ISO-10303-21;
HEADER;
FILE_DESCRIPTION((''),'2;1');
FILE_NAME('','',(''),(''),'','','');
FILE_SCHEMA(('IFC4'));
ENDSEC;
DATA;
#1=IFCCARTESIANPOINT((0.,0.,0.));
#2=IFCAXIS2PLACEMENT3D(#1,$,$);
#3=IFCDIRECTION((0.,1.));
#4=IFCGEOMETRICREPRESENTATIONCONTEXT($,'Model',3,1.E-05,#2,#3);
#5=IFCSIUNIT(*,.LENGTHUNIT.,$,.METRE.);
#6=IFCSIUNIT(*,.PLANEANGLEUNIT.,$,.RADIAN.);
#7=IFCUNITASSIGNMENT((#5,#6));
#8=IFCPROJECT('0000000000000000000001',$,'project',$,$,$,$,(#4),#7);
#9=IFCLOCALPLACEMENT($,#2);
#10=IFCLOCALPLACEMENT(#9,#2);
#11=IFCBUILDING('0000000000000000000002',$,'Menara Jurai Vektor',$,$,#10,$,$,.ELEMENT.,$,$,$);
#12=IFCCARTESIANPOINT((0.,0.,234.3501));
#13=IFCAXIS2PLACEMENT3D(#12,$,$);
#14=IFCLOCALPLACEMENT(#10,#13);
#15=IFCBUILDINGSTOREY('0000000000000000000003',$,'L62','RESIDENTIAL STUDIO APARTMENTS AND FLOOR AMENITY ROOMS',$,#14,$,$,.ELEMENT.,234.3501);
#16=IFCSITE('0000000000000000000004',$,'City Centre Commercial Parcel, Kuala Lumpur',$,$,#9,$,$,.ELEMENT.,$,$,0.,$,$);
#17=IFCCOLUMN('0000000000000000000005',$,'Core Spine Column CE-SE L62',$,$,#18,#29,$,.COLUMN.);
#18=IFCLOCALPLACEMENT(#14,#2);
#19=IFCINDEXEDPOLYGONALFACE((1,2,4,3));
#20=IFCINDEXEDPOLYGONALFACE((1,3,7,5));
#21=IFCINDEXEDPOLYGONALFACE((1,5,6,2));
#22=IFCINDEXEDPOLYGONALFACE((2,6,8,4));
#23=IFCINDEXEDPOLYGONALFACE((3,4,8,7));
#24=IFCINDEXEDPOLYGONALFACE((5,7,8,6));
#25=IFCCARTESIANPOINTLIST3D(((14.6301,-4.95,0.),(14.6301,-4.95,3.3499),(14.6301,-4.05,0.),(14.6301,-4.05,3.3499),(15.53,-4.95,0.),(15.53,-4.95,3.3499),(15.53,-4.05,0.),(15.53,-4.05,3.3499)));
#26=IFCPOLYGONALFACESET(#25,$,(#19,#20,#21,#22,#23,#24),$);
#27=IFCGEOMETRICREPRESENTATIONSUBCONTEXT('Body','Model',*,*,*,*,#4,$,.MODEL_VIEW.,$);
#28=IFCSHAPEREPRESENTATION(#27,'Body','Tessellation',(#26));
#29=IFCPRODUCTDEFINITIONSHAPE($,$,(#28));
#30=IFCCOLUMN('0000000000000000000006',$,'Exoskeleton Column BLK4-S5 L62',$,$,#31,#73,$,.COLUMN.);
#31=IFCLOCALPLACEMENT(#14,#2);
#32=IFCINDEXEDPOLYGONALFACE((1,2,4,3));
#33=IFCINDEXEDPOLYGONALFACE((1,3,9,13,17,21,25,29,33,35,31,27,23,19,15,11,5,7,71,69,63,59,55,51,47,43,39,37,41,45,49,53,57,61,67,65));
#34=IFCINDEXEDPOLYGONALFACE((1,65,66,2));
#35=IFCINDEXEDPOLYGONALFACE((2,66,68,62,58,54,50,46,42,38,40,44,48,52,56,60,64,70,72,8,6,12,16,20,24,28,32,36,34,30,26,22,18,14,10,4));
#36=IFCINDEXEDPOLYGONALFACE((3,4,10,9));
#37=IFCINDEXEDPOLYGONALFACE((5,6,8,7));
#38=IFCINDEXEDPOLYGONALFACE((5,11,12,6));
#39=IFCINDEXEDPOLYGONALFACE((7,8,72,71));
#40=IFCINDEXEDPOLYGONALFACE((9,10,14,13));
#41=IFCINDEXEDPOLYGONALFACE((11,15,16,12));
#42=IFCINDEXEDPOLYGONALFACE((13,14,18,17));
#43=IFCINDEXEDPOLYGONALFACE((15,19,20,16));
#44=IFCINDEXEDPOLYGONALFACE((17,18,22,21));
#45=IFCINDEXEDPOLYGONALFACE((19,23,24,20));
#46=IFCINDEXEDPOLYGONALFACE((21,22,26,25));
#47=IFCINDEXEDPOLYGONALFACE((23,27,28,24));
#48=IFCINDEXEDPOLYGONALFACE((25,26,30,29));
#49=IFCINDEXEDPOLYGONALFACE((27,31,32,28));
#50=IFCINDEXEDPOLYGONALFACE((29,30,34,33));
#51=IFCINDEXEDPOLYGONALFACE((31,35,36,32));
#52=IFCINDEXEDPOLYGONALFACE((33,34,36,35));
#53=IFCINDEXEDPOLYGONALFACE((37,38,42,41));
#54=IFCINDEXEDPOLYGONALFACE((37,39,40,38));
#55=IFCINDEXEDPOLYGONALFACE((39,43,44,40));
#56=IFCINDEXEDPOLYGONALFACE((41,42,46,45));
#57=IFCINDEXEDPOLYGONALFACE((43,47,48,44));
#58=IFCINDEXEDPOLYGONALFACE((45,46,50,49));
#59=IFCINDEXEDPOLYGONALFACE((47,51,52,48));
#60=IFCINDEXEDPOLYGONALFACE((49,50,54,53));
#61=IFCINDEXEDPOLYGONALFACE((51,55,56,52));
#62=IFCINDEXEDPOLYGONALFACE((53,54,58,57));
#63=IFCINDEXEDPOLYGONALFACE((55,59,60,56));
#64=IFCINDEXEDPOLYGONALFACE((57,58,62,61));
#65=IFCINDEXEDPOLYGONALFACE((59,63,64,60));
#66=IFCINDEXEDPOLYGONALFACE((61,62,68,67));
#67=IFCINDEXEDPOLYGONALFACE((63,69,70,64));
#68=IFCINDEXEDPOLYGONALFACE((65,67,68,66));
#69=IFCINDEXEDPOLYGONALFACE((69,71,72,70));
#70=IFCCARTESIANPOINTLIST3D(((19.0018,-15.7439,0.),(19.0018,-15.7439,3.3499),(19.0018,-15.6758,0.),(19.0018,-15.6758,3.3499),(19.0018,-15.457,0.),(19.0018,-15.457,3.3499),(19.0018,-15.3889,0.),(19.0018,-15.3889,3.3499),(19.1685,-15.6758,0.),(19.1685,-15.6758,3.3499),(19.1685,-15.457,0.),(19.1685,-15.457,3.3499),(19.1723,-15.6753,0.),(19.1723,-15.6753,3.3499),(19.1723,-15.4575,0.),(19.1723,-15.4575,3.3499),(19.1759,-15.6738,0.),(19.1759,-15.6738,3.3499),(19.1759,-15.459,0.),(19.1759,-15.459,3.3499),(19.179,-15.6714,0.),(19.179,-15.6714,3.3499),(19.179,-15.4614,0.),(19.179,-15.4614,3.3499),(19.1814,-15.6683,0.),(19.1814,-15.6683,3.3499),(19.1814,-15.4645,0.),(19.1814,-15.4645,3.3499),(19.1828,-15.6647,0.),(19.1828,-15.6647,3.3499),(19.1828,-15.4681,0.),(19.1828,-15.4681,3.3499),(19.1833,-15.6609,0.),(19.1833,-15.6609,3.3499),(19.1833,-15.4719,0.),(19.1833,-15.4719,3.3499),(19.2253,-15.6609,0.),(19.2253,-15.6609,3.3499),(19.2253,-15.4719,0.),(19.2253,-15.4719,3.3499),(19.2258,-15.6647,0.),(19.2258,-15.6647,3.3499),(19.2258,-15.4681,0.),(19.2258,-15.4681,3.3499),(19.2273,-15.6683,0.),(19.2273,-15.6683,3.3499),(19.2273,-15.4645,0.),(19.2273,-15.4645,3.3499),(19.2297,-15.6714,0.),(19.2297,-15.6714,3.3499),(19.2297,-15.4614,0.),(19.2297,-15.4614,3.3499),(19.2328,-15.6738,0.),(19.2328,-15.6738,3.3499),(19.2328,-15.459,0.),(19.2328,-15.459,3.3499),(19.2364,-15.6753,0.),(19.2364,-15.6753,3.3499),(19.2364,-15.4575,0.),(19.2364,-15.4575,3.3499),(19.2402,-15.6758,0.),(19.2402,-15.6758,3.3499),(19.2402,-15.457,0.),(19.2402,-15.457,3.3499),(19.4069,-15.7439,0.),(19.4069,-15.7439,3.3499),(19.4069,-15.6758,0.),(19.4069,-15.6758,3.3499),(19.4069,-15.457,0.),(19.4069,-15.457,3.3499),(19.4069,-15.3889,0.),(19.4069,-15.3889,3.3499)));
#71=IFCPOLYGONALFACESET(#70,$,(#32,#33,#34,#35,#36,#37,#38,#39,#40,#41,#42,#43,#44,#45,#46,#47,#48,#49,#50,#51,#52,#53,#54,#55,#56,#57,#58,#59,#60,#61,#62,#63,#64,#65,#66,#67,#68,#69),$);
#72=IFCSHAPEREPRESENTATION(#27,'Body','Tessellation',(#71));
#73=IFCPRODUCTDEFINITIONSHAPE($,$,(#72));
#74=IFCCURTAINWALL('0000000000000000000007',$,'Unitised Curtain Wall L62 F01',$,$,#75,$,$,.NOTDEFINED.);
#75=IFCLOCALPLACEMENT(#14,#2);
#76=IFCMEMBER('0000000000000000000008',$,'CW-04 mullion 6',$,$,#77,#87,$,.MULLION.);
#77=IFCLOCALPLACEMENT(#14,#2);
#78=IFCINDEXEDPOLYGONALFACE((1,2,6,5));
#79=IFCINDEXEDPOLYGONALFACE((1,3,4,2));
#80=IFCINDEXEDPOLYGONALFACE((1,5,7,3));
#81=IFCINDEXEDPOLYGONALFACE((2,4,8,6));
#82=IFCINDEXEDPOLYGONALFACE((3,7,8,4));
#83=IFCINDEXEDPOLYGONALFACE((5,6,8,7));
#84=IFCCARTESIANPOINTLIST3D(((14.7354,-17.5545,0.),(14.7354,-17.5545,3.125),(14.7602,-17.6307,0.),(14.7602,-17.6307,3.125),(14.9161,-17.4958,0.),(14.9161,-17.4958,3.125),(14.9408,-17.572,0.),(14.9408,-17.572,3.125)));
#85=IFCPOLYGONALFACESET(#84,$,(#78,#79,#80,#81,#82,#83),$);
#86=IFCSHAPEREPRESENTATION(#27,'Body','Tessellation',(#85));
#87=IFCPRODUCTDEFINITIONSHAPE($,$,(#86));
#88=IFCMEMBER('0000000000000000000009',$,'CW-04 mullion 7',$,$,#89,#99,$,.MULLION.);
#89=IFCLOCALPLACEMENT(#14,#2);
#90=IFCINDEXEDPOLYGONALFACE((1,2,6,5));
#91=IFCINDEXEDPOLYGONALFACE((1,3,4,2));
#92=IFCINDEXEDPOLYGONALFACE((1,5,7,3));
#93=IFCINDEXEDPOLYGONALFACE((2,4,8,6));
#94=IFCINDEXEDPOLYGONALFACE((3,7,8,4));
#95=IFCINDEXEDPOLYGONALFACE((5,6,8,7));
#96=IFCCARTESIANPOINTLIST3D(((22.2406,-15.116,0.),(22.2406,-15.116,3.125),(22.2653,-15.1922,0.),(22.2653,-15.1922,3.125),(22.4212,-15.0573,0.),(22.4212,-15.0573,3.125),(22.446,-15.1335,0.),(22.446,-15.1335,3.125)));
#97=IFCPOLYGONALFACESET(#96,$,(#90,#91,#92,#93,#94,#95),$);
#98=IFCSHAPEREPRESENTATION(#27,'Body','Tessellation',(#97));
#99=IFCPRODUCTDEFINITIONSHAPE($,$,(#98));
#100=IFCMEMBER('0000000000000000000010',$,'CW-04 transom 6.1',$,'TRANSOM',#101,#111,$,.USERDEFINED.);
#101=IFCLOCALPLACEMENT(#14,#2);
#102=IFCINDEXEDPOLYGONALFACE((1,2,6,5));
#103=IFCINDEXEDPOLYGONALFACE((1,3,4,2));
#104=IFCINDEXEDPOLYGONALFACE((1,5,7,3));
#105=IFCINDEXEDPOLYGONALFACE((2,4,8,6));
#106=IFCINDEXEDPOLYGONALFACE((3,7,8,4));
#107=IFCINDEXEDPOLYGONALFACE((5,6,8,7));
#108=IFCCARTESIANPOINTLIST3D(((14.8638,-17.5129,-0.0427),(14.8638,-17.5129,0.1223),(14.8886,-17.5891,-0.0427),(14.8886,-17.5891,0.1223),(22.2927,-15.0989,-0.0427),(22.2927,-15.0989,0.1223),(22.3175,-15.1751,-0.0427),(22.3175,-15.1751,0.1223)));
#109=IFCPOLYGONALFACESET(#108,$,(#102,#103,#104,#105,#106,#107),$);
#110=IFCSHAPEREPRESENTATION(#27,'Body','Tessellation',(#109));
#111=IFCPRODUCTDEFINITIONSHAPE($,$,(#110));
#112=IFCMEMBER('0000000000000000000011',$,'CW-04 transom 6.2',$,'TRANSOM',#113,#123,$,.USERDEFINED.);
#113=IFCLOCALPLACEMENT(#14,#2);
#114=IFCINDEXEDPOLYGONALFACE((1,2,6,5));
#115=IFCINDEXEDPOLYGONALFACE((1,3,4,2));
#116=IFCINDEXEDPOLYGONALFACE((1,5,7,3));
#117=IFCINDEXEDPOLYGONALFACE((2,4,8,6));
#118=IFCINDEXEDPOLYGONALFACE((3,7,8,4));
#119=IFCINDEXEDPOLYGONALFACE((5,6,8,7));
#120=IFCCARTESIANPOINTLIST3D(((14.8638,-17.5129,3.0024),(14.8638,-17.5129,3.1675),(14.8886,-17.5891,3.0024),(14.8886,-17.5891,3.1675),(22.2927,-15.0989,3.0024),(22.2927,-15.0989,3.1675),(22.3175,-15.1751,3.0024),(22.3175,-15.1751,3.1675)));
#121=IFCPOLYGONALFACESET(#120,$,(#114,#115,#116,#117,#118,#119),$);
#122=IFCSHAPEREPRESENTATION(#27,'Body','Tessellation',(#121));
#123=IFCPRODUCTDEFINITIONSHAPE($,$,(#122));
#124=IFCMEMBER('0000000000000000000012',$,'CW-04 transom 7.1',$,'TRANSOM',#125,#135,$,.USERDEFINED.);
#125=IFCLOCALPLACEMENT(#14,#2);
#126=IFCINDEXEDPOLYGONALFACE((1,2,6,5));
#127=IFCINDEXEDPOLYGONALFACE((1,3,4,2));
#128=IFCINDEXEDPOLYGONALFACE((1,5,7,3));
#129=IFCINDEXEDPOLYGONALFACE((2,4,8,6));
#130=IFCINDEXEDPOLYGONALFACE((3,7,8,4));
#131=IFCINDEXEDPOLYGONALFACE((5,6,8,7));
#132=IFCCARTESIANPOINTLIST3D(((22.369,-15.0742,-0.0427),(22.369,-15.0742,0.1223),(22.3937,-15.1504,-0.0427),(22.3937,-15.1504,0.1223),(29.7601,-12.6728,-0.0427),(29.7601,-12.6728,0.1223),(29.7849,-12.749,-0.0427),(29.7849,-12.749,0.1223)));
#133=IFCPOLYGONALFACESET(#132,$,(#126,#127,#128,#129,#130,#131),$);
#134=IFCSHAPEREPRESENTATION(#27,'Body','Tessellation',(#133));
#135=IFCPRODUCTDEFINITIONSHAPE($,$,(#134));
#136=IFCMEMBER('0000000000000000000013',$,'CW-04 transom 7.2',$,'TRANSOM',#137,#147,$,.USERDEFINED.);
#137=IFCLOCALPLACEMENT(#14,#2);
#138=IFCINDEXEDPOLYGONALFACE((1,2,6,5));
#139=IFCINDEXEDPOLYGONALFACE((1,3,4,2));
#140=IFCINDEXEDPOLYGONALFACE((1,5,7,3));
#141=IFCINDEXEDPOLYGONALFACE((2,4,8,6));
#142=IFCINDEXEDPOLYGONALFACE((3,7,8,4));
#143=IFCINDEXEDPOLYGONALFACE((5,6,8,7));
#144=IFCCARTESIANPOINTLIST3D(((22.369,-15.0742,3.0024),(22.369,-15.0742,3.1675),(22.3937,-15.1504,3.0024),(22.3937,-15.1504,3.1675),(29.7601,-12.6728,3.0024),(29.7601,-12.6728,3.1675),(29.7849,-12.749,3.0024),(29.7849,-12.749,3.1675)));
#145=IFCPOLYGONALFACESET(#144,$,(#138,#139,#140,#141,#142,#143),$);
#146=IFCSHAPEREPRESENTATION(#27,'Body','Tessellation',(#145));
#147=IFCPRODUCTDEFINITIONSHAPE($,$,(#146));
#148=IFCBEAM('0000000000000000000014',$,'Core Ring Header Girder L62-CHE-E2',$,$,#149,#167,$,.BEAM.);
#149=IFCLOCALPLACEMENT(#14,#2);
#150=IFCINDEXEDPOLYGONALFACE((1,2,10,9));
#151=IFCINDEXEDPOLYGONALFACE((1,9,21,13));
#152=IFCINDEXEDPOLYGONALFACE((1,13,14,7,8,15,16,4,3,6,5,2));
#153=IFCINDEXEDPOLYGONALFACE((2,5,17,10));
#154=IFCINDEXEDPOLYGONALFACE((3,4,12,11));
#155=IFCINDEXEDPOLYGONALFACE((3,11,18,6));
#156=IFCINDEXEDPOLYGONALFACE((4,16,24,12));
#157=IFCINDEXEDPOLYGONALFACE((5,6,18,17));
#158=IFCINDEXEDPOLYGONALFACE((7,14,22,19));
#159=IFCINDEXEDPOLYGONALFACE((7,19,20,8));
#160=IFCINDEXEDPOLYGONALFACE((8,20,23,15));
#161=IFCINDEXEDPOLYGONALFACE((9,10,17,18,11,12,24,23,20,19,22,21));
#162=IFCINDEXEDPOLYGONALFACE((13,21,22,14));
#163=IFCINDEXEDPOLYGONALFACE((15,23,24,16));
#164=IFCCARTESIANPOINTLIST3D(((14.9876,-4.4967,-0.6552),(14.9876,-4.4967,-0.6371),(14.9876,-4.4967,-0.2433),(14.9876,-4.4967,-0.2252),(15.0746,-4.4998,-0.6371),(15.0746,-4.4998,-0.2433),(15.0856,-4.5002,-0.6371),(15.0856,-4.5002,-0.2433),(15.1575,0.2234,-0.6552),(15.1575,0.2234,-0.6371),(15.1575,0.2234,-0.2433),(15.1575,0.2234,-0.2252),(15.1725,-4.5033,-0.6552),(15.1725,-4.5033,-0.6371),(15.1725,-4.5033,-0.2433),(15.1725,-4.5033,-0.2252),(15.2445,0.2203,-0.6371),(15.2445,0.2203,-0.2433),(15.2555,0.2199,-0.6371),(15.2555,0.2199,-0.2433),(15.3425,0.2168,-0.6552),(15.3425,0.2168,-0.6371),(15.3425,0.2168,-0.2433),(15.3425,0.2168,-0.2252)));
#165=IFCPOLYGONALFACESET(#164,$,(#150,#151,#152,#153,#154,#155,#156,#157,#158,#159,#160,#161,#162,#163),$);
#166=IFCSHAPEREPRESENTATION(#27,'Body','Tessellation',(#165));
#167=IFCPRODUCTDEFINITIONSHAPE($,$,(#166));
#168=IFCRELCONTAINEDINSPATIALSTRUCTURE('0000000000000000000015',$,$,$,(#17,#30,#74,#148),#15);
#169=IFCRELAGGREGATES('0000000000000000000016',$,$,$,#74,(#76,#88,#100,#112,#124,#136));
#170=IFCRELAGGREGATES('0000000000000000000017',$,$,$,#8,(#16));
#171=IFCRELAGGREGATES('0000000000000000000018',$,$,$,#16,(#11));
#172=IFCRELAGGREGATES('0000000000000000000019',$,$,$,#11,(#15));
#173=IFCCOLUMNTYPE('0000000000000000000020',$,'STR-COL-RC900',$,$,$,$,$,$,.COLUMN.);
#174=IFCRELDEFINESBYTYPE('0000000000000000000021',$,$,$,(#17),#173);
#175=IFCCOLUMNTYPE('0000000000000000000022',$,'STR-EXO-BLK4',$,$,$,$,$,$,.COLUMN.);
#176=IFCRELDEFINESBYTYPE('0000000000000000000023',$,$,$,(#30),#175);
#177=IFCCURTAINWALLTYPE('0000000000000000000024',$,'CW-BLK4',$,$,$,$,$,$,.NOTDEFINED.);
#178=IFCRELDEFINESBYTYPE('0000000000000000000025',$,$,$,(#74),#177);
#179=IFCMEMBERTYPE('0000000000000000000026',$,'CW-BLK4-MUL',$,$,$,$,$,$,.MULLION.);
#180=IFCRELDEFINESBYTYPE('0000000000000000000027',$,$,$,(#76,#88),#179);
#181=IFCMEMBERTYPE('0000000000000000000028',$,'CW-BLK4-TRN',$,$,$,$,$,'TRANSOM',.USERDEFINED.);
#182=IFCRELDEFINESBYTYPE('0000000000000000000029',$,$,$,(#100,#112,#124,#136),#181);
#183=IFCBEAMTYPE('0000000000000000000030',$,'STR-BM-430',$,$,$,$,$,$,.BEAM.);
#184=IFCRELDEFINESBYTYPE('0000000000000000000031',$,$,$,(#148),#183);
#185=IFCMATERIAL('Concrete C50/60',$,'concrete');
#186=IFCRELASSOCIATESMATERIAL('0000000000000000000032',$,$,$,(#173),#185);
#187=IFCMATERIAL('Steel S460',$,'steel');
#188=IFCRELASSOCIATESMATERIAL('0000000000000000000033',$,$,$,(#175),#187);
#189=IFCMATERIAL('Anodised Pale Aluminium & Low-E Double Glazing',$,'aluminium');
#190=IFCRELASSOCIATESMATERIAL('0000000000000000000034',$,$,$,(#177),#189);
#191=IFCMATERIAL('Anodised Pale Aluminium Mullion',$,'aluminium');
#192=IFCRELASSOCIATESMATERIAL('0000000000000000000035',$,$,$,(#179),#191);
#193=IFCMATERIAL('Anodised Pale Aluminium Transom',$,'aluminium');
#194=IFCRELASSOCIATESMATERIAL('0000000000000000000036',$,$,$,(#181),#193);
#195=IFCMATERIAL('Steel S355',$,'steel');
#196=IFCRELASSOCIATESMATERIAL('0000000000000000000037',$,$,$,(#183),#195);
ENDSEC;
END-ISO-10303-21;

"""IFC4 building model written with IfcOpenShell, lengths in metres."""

from ifc_helpers import new_model, si_unit, direction, frame, origin, origin_2d, place, context, subcontext, project, spatial, rectangle, i_section, extrude, material, material_profile, profile_set, type_object, element, aggregate, save


model = new_model("IFC4")

# Units and contexts
model_context = context("Model", 3, precision=1e-05, world=origin(), true_north=direction((0.0, 1.0)))
body_context = subcontext(model_context, "Body", "Model", "MODEL_VIEW")
ifc_project = project(units=[si_unit("LENGTHUNIT", "METRE"), si_unit("PLANEANGLEUNIT", "RADIAN")], contexts=[model_context])

# Site, building, storey
site_placement = place(None, origin())
site = spatial("IfcSite", under=ifc_project, at=site_placement, Name="City Centre Commercial Parcel, Kuala Lumpur", CompositionType="ELEMENT", RefElevation=0.0)
building_placement = place(site_placement, origin())
building = spatial("IfcBuilding", under=site, at=building_placement, Name="Menara Jurai Vektor", CompositionType="ELEMENT")
storey_placement = place(building_placement, frame((0.0, 0.0, 234.3501)))
storey = spatial("IfcBuildingStorey", under=building, at=storey_placement, Name="L62", Description="RESIDENTIAL STUDIO APARTMENTS AND FLOOR AMENITY ROOMS", CompositionType="ELEMENT", Elevation=234.3501)

# Columns
ifc_material_1 = material(Name="Concrete C50/60", Category="concrete")
ifc_material_profile_1 = material_profile(ifc_material_1, rectangle(XDim=0.8999, YDim=0.8999, at=origin_2d()), Name="RC 900x900")
ifc_profile_set_1 = profile_set([ifc_material_profile_1], Name="Concrete C50/60")
column_type_1 = type_object("IfcColumnType", Name="STR-COL-RC900", PredefinedType="COLUMN", material=ifc_profile_set_1)
column_1_placement = place(storey_placement, frame((15.0801, -4.5, 0.0), z_axis=(0.0, 0.0, 1.0), x_axis=(1.0, 0.0, 0.0)))
element("IfcColumn", 1, at=column_1_placement, inside=storey, type_object=column_type_1, Name="Core Spine Column CE-SE L62", PredefinedType="COLUMN", context=body_context, shape_type="SweptSolid", body=[
    extrude(rectangle(XDim=0.8999, YDim=0.8999, at=origin_2d()), origin(), (0.0, 0.0, 1.0), 3.3499),
])
ifc_material_2 = material(Name="Steel S460", Category="steel")
ifc_material_profile_2 = material_profile(ifc_material_2, i_section(OverallWidth=0.405, OverallDepth=0.355, WebThickness=0.042, FlangeThickness=0.0681, FilletRadius=0.0149, at=origin_2d()), Name="HD 400x551")
ifc_profile_set_2 = profile_set([ifc_material_profile_2], Name="Steel S460")
column_type_2 = type_object("IfcColumnType", Name="STR-EXO-BLK4", PredefinedType="COLUMN", material=ifc_profile_set_2)
column_2_placement = place(storey_placement, frame((19.2043, -15.5664, 0.0), z_axis=(0.0, 0.0, 1.0), x_axis=(1.0, 0.0, 0.0)))
element("IfcColumn", 2, at=column_2_placement, inside=storey, type_object=column_type_2, Name="Exoskeleton Column BLK4-S5 L62", PredefinedType="COLUMN", context=body_context, shape_type="SweptSolid", body=[
    extrude(i_section(OverallWidth=0.405, OverallDepth=0.355, WebThickness=0.042, FlangeThickness=0.0681, FilletRadius=0.0149, at=origin_2d()), origin(), (0.0, 0.0, 1.0), 3.3499),
])

# Curtain wall, members
ifc_material_3 = material(Name="Anodised Pale Aluminium & Low-E Double Glazing", Category="aluminium")
curtain_wall_type = type_object("IfcCurtainWallType", Name="CW-BLK4", PredefinedType="NOTDEFINED", material=ifc_material_3)
curtain_wall_placement = place(storey_placement, origin())
curtain_wall = element("IfcCurtainWall", 3, at=curtain_wall_placement, inside=storey, type_object=curtain_wall_type, Name="Unitised Curtain Wall L62 F01", PredefinedType="NOTDEFINED")
ifc_material_4 = material(Name="Anodised Pale Aluminium Mullion", Category="aluminium")
ifc_material_profile_3 = material_profile(ifc_material_4, rectangle(XDim=0.0801, YDim=0.1899, at=origin_2d()), Name="ALU MUL 80x190")
ifc_profile_set_3 = profile_set([ifc_material_profile_3], Name="Anodised Pale Aluminium Mullion")
member_type_1 = type_object("IfcMemberType", Name="CW-BLK4-MUL", PredefinedType="MULLION", material=ifc_profile_set_3)
member_1_placement = place(storey_placement, frame((14.8381, -17.5632, 0.0), z_axis=(0.0, 0.0, 1.0), x_axis=(-0.309017, 0.951056, 0.0)))
member_1 = element("IfcMember", 4, at=member_1_placement, type_object=member_type_1, Name="CW-04 mullion 6", PredefinedType="MULLION", context=body_context, shape_type="SweptSolid", body=[
    extrude(rectangle(XDim=0.0801, YDim=0.1899, at=origin_2d()), origin(), (0.0, 0.0, 1.0), 3.125),
])
member_2_placement = place(storey_placement, frame((22.3433, -15.1248, 0.0), z_axis=(0.0, 0.0, 1.0), x_axis=(-0.309017, 0.951056, 0.0)))
member_2 = element("IfcMember", 5, at=member_2_placement, type_object=member_type_1, Name="CW-04 mullion 7", PredefinedType="MULLION", context=body_context, shape_type="SweptSolid", body=[
    extrude(rectangle(XDim=0.0801, YDim=0.1899, at=origin_2d()), origin(), (0.0, 0.0, 1.0), 3.125),
])
ifc_material_5 = material(Name="Anodised Pale Aluminium Transom", Category="aluminium")
ifc_material_profile_4 = material_profile(ifc_material_5, rectangle(XDim=0.0801, YDim=0.165, at=origin_2d()), Name="ALU TRN 80x165")
ifc_profile_set_4 = profile_set([ifc_material_profile_4], Name="Anodised Pale Aluminium Transom")
member_type_2 = type_object("IfcMemberType", Name="CW-BLK4-TRN", ElementType="TRANSOM", PredefinedType="USERDEFINED", material=ifc_profile_set_4)
member_3_placement = place(storey_placement, frame((14.8762, -17.551, 0.0398), z_axis=(0.951047, 0.309046, 0.0), x_axis=(-0.309046, 0.951047, 0.0)))
member_3 = element("IfcMember", 6, at=member_3_placement, type_object=member_type_2, Name="CW-04 transom 6.1", ObjectType="TRANSOM", PredefinedType="USERDEFINED", context=body_context, shape_type="SweptSolid", body=[
    extrude(rectangle(XDim=0.0801, YDim=0.165, at=origin_2d()), origin(), (0.0, 0.0, 1.0), 7.8113),
])
member_4_placement = place(storey_placement, frame((14.8762, -17.551, 3.085), z_axis=(0.951047, 0.309046, 0.0), x_axis=(-0.309046, 0.951047, 0.0)))
member_4 = element("IfcMember", 7, at=member_4_placement, type_object=member_type_2, Name="CW-04 transom 6.2", ObjectType="TRANSOM", PredefinedType="USERDEFINED", context=body_context, shape_type="SweptSolid", body=[
    extrude(rectangle(XDim=0.0801, YDim=0.165, at=origin_2d()), origin(), (0.0, 0.0, 1.0), 7.8113),
])
member_5_placement = place(storey_placement, frame((22.3813, -15.1123, 0.0398), z_axis=(0.951062, 0.308999, 0.0), x_axis=(-0.308999, 0.951062, 0.0)))
member_5 = element("IfcMember", 8, at=member_5_placement, type_object=member_type_2, Name="CW-04 transom 7.1", ObjectType="TRANSOM", PredefinedType="USERDEFINED", context=body_context, shape_type="SweptSolid", body=[
    extrude(rectangle(XDim=0.0801, YDim=0.165, at=origin_2d()), origin(), (0.0, 0.0, 1.0), 7.7715),
])
member_6_placement = place(storey_placement, frame((22.3813, -15.1123, 3.085), z_axis=(0.951062, 0.308999, 0.0), x_axis=(-0.308999, 0.951062, 0.0)))
member_6 = element("IfcMember", 9, at=member_6_placement, type_object=member_type_2, Name="CW-04 transom 7.2", ObjectType="TRANSOM", PredefinedType="USERDEFINED", context=body_context, shape_type="SweptSolid", body=[
    extrude(rectangle(XDim=0.0801, YDim=0.165, at=origin_2d()), origin(), (0.0, 0.0, 1.0), 7.7715),
])

# Beam
ifc_material_6 = material(Name="Steel S355", Category="steel")
ifc_material_profile_5 = material_profile(ifc_material_6, i_section(OverallWidth=0.1851, OverallDepth=0.4299, WebThickness=0.011, FlangeThickness=0.0181, at=origin_2d()), Name="PG 430x185x76")
ifc_profile_set_5 = profile_set([ifc_material_profile_5], Name="Steel S355")
beam_type_1 = type_object("IfcBeamType", Name="STR-BM-430", PredefinedType="BEAM", material=ifc_profile_set_5)
beam_1_placement = place(storey_placement, frame((15.0801, -4.5, -0.4402), z_axis=(0.035977, 0.999353, 0.0), x_axis=(-0.999353, 0.035977, 0.0)))
element("IfcBeam", 10, at=beam_1_placement, inside=storey, type_object=beam_type_1, Name="Core Ring Header Girder L62-CHE-E2", PredefinedType="BEAM", context=body_context, shape_type="SweptSolid", body=[
    extrude(i_section(OverallWidth=0.1851, OverallDepth=0.4299, WebThickness=0.011, FlangeThickness=0.0181, at=origin_2d()), origin(), (0.0, 0.0, 1.0), 4.7231),
])

aggregate(curtain_wall, [member_1, member_2, member_3, member_4, member_5, member_6])

save(model, "model.ifc")
